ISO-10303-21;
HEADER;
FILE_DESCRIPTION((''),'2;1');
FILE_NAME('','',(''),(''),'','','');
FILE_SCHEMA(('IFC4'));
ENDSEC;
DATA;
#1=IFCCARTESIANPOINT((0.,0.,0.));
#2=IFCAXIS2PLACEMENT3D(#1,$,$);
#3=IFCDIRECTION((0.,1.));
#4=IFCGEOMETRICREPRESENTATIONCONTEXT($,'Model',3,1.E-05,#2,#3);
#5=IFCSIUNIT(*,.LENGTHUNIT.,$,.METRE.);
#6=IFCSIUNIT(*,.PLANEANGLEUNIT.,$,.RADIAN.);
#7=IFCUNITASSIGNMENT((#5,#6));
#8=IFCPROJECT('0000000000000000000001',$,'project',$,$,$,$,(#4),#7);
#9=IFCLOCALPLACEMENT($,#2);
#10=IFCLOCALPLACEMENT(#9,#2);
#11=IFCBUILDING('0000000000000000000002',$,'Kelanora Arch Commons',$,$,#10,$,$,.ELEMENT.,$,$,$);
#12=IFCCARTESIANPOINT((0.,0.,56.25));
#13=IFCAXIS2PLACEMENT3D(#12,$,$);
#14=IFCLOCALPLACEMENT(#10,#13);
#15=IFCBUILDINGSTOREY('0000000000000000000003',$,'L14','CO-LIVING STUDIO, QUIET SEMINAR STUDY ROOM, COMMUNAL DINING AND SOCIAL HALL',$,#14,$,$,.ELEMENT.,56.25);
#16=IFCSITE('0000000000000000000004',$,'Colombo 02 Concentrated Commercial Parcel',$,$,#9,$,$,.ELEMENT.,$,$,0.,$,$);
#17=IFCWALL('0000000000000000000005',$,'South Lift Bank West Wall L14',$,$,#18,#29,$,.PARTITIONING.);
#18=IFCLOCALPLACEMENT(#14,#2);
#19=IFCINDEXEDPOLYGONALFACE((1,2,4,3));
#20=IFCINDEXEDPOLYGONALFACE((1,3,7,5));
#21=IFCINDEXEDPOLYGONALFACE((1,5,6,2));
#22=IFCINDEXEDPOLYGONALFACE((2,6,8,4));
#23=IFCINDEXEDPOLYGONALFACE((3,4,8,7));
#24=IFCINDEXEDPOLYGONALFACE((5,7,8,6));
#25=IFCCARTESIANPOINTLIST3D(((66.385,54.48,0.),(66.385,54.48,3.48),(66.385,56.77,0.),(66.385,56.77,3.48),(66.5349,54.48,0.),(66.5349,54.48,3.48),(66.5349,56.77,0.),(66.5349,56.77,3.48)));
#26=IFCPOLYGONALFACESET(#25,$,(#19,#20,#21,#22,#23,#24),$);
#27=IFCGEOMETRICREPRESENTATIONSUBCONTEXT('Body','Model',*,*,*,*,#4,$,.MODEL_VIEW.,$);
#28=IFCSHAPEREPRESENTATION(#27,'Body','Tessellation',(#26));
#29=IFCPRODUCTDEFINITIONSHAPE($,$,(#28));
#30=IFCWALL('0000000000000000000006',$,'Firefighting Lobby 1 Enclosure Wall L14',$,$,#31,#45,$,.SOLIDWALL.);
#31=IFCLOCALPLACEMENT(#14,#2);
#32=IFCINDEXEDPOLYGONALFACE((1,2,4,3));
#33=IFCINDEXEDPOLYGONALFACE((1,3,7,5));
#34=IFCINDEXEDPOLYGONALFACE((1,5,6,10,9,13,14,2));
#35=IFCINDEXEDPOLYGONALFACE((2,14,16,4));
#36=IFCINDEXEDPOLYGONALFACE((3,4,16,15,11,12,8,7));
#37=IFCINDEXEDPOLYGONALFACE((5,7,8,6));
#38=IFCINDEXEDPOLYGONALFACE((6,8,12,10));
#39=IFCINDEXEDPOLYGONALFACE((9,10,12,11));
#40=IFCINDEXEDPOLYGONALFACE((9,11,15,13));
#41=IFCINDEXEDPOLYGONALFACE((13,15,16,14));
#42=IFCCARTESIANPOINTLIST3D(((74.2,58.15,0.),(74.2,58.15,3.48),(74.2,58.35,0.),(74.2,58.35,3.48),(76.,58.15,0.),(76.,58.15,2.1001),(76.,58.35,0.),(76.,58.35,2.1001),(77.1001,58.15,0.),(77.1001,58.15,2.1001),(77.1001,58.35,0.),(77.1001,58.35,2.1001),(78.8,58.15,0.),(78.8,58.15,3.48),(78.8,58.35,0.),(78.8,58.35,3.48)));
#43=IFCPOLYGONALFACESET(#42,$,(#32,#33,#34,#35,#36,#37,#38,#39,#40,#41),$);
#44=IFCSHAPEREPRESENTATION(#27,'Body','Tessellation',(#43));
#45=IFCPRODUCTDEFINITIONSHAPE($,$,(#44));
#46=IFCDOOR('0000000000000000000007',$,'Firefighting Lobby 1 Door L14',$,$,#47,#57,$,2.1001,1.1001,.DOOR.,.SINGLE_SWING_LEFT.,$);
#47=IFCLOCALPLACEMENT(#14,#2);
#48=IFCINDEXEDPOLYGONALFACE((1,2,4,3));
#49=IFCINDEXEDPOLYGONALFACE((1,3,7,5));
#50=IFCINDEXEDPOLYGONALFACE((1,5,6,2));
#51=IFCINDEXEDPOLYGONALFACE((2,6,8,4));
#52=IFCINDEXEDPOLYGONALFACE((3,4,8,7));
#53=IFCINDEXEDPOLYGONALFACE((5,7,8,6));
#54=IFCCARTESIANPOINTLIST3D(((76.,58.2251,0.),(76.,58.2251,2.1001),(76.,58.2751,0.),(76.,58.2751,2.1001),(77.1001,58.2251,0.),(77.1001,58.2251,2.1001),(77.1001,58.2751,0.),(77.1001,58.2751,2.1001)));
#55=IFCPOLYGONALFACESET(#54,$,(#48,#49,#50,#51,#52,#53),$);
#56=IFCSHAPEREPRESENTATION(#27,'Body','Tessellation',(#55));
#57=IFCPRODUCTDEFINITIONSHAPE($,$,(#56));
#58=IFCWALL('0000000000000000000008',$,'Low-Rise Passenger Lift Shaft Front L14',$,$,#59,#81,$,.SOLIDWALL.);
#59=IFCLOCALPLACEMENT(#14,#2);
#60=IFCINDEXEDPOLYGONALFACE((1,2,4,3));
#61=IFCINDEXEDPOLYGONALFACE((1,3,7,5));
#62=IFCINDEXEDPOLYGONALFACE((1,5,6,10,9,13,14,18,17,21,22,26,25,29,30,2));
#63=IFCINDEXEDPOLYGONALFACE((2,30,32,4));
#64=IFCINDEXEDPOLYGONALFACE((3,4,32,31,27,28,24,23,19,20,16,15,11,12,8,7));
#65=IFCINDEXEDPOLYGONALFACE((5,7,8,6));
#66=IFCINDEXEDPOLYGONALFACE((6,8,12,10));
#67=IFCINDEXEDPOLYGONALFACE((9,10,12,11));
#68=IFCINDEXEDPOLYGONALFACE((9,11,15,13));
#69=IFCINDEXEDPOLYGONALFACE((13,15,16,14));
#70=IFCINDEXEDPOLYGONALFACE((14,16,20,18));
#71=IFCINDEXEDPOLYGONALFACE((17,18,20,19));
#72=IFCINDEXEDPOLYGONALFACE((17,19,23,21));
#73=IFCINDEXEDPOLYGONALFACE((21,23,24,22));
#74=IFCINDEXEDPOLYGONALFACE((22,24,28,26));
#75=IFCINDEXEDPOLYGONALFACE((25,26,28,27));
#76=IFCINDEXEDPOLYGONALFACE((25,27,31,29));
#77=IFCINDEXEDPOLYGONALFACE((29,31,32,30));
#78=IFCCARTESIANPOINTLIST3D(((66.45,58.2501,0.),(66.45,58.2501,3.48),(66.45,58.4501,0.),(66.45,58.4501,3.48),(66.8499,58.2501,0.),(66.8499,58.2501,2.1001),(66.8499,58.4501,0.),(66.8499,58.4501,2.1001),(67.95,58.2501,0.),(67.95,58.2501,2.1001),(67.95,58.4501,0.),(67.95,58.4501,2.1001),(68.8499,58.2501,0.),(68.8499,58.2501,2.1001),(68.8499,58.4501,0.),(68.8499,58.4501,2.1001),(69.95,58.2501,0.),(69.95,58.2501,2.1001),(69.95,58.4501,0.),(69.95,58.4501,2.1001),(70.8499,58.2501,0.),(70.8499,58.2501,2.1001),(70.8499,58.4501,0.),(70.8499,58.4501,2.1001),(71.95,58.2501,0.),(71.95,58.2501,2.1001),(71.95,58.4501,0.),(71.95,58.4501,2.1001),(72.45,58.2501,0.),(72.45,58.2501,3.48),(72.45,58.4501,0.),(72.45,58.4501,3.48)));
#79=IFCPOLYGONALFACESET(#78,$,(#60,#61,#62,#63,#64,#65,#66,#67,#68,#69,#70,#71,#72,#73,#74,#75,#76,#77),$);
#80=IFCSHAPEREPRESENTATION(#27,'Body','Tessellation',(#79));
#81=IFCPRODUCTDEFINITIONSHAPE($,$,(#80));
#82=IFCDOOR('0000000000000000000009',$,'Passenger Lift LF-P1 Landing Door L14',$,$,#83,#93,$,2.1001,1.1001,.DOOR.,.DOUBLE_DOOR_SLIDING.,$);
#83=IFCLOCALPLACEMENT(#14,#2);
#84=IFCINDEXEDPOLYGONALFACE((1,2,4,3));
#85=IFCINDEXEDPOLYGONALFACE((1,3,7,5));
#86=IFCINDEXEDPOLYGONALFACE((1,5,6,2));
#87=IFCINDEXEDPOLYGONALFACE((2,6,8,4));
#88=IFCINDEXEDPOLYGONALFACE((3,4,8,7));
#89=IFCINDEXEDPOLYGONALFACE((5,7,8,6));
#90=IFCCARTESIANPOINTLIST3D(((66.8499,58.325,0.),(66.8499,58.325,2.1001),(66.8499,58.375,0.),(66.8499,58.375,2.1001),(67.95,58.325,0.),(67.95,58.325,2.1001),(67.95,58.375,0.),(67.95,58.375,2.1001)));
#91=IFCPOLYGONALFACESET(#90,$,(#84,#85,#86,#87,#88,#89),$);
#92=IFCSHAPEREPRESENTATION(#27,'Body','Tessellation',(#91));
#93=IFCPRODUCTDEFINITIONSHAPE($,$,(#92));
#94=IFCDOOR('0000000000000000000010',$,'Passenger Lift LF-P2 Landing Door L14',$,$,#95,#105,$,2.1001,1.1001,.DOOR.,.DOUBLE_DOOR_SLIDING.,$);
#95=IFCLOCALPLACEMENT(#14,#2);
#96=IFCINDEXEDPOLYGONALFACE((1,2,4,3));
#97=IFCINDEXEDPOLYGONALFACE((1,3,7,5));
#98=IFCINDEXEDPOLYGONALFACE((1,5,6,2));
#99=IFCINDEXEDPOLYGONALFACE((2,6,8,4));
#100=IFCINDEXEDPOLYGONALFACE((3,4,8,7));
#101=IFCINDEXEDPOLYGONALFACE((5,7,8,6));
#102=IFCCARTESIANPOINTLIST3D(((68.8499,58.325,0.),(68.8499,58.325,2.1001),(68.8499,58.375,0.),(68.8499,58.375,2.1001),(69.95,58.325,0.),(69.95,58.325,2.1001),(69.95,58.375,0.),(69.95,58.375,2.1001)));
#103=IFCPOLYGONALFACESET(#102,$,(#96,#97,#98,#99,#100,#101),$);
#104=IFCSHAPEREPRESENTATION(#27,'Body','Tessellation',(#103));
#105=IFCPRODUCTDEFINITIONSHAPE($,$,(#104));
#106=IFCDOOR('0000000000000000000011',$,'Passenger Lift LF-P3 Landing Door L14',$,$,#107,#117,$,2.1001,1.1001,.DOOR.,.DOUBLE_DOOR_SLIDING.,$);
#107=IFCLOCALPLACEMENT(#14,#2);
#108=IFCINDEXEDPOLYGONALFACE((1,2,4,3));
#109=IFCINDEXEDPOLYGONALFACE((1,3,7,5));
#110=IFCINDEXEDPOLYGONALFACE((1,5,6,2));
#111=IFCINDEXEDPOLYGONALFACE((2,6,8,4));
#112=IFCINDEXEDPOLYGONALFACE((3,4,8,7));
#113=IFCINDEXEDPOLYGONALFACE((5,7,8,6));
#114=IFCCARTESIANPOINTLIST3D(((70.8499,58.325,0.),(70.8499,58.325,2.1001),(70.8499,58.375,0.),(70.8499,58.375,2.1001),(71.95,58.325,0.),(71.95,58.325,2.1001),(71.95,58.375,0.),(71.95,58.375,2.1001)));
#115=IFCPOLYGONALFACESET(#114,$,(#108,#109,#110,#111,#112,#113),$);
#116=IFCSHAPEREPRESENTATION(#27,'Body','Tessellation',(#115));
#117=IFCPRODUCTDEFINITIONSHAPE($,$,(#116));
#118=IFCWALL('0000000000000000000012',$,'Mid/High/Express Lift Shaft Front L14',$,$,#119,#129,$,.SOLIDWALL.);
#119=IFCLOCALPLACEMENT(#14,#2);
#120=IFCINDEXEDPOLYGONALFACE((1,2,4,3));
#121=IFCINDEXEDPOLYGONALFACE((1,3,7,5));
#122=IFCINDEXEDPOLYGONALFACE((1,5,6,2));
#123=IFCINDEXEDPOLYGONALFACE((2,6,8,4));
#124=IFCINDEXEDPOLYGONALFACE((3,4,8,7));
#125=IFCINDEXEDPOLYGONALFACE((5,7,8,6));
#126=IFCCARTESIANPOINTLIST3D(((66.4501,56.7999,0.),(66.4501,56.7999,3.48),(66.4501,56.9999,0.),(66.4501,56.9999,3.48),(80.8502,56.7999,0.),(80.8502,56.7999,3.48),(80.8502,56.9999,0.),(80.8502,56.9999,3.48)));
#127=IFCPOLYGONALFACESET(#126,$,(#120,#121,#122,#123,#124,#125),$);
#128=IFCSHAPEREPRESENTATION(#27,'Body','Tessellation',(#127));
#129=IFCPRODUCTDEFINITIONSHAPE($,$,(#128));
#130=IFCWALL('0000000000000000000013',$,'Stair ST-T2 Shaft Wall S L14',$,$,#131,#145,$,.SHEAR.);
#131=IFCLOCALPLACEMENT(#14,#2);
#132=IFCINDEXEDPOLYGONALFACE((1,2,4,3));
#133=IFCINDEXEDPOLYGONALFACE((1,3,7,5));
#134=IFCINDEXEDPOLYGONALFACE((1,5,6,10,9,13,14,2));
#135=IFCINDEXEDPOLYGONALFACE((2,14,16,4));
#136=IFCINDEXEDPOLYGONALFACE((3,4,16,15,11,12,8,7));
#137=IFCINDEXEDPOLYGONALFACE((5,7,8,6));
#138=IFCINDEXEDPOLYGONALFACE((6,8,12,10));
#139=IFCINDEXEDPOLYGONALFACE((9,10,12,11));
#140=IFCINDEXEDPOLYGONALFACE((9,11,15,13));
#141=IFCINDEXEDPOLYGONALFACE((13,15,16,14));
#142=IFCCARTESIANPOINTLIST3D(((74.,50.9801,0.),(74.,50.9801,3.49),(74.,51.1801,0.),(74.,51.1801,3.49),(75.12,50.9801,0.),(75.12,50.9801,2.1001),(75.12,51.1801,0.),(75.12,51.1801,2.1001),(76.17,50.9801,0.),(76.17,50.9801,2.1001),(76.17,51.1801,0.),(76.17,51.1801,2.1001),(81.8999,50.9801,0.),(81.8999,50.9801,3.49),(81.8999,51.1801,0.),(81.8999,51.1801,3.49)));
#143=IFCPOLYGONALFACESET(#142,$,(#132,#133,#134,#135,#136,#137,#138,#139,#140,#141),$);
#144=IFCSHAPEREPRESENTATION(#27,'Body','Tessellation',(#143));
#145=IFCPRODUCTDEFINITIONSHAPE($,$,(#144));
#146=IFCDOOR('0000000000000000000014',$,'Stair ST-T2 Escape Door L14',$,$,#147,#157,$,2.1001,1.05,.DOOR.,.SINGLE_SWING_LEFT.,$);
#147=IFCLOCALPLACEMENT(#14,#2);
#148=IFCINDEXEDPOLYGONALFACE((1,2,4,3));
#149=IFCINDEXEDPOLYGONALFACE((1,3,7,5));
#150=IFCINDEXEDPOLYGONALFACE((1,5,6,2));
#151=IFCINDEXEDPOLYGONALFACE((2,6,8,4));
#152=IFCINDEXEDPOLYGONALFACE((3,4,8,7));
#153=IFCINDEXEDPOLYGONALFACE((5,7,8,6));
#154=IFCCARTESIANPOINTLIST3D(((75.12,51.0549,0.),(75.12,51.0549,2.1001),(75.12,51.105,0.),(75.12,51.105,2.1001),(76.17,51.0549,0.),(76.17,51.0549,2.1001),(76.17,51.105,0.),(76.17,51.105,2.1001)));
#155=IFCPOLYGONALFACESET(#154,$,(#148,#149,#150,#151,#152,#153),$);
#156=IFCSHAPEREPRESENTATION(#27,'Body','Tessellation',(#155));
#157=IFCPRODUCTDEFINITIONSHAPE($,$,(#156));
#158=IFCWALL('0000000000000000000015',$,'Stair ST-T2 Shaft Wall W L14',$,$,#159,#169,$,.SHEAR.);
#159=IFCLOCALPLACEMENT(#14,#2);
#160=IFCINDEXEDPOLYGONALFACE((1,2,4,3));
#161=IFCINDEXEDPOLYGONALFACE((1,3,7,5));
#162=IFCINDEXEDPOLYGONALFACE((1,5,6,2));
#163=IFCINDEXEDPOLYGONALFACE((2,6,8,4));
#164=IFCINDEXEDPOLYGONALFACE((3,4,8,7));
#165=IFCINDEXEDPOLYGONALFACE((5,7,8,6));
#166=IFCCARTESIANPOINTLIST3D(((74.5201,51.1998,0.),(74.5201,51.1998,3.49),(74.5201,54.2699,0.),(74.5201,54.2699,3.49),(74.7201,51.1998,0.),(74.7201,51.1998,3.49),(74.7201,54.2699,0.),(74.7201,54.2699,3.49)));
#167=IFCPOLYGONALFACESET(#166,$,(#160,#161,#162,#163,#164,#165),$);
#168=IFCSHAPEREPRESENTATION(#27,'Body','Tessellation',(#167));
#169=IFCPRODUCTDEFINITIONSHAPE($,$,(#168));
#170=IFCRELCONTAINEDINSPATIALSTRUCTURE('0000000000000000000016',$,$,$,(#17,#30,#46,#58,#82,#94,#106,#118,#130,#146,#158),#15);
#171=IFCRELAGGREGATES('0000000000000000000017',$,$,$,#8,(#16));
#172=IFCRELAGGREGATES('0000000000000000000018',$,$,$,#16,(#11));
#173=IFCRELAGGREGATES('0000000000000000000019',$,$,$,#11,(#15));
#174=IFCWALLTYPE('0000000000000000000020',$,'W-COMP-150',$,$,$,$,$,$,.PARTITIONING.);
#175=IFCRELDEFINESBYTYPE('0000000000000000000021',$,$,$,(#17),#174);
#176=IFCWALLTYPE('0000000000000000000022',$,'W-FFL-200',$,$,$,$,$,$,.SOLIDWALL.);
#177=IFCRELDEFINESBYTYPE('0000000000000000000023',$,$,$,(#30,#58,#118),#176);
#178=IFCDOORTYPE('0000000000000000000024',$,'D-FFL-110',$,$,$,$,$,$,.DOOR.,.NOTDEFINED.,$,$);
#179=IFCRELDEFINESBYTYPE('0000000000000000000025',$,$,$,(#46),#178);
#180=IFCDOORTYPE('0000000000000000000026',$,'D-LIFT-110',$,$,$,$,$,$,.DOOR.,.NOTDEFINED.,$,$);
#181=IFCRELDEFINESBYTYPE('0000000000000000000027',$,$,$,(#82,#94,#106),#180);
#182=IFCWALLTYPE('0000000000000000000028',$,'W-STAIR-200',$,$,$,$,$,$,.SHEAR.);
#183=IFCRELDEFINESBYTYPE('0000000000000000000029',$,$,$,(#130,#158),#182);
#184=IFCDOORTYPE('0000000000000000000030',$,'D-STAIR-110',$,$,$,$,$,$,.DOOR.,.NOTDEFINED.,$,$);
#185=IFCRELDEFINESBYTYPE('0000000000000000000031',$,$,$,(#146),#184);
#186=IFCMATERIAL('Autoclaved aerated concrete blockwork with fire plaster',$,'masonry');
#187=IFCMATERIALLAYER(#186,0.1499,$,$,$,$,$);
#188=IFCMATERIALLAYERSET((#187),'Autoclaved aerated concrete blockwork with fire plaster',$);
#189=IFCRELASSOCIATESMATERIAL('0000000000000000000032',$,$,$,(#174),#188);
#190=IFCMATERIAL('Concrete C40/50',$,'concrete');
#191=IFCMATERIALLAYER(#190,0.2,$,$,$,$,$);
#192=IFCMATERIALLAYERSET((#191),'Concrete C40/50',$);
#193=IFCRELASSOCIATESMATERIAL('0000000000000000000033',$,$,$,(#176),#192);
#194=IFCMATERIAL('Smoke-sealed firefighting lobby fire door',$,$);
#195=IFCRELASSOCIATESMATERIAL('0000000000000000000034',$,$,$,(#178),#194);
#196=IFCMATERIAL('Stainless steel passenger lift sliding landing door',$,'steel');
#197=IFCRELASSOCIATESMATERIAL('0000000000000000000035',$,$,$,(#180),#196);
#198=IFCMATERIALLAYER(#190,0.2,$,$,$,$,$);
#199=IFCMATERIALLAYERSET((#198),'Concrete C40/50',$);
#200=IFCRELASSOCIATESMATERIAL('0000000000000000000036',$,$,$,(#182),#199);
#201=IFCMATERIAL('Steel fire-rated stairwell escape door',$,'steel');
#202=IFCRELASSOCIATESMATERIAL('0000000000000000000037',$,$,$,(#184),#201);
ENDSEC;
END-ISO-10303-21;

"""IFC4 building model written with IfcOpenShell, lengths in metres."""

from ifc_helpers import new_model, si_unit, direction, frame, frame_2d, origin, place, context, subcontext, project, spatial, rectangle, extrude, material, layer, layer_set, type_object, element, fill, save


model = new_model("IFC4")

# Units and contexts
model_context = context("Model", 3, precision=1e-05, world=origin(), true_north=direction((0.0, 1.0)))
body_context = subcontext(model_context, "Body", "Model", "MODEL_VIEW")
ifc_project = project(units=[si_unit("LENGTHUNIT", "METRE"), si_unit("PLANEANGLEUNIT", "RADIAN")], contexts=[model_context])

# Site, building, storey
site_placement = place(None, origin())
site = spatial("IfcSite", under=ifc_project, at=site_placement, Name="Colombo 02 Concentrated Commercial Parcel", CompositionType="ELEMENT", RefElevation=0.0)
building_placement = place(site_placement, origin())
building = spatial("IfcBuilding", under=site, at=building_placement, Name="Kelanora Arch Commons", CompositionType="ELEMENT")
storey_placement = place(building_placement, frame((0.0, 0.0, 56.25)))
storey = spatial("IfcBuildingStorey", under=building, at=storey_placement, Name="L14", Description="CO-LIVING STUDIO, QUIET SEMINAR STUDY ROOM, COMMUNAL DINING AND SOCIAL HALL", CompositionType="ELEMENT", Elevation=56.25)

# Wall
ifc_material_1 = material(Name="Autoclaved aerated concrete blockwork with fire plaster", Category="masonry")
ifc_layer_1 = layer(ifc_material_1, 0.1499)
ifc_layer_set_1 = layer_set([ifc_layer_1], Name="Autoclaved aerated concrete blockwork with fire plaster")
wall_type_1 = type_object("IfcWallType", Name="W-COMP-150", PredefinedType="PARTITIONING", material=ifc_layer_set_1)
wall_1_placement = place(storey_placement, frame((66.46, 54.48, 0.0), z_axis=(0.0, 0.0, 1.0), x_axis=(0.0, 1.0, 0.0)))
element("IfcWall", 1, at=wall_1_placement, inside=storey, type_object=wall_type_1, Name="South Lift Bank West Wall L14", PredefinedType="PARTITIONING", context=body_context, shape_type="SweptSolid", body=[
    extrude(rectangle(XDim=2.29, YDim=0.1499, at=frame_2d((1.145, 0.0))), origin(), (0.0, 0.0, 1.0), 3.48),
])

# Wall, opening, door
ifc_material_2 = material(Name="Concrete C40/50", Category="concrete")
ifc_layer_2 = layer(ifc_material_2, 0.2)
ifc_layer_set_2 = layer_set([ifc_layer_2], Name="Concrete C40/50")
wall_type_2 = type_object("IfcWallType", Name="W-FFL-200", PredefinedType="SOLIDWALL", material=ifc_layer_set_2)
wall_2_placement = place(storey_placement, frame((74.2, 58.25, 0.0), z_axis=(0.0, 0.0, 1.0), x_axis=(1.0, 0.0, 0.0)))
wall_2 = element("IfcWall", 2, at=wall_2_placement, inside=storey, type_object=wall_type_2, Name="Firefighting Lobby 1 Enclosure Wall L14", PredefinedType="SOLIDWALL", context=body_context, shape_type="SweptSolid", body=[
    extrude(rectangle(XDim=4.6001, YDim=0.2, at=frame_2d((2.3, 0.0))), origin(), (0.0, 0.0, 1.0), 3.48),
])
opening_1_placement = place(wall_2_placement, frame((1.8, 0.0, 0.0)))
opening_1 = element("IfcOpeningElement", 3, at=opening_1_placement, cuts=wall_2, PredefinedType="OPENING", context=body_context, shape_type="SweptSolid", body=[
    extrude(rectangle(XDim=1.1001, YDim=2.1001, at=frame_2d((0.55, 1.05))), frame((0.0, 0.1099, 0.0), z_axis=(0.0, -1.0, 0.0), x_axis=(1.0, 0.0, 0.0)), (0.0, 0.0, 1.0), 0.22),
])
ifc_material_3 = material(Name="Smoke-sealed firefighting lobby fire door")
door_type_1 = type_object("IfcDoorType", Name="D-FFL-110", OperationType="NOTDEFINED", PredefinedType="DOOR", material=ifc_material_3)
door_1_placement = place(opening_1_placement, frame((1.1001, 0.0, 0.0), z_axis=(0.0, 0.0, 1.0), x_axis=(-1.0, 0.0, 0.0)))
door_1 = element("IfcDoor", 4, at=door_1_placement, inside=storey, type_object=door_type_1, Name="Firefighting Lobby 1 Door L14", OperationType="SINGLE_SWING_LEFT", OverallHeight=2.1001, OverallWidth=1.1001, PredefinedType="DOOR", context=body_context, shape_type="SweptSolid", body=[
    extrude(rectangle(XDim=1.1001, YDim=2.1001, at=frame_2d((0.55, 1.05))), frame((0.0, 0.0249, 0.0), z_axis=(0.0, -1.0, 0.0), x_axis=(1.0, 0.0, 0.0)), (0.0, 0.0, 1.0), 0.05),
])
fill(opening_1, door_1)

# Wall, openings, doors
wall_3_placement = place(storey_placement, frame((66.45, 58.3501, 0.0), z_axis=(0.0, 0.0, 1.0), x_axis=(1.0, 0.0, 0.0)))
wall_3 = element("IfcWall", 5, at=wall_3_placement, inside=storey, type_object=wall_type_2, Name="Low-Rise Passenger Lift Shaft Front L14", PredefinedType="SOLIDWALL", context=body_context, shape_type="SweptSolid", body=[
    extrude(rectangle(XDim=6.0, YDim=0.2, at=frame_2d((3.0, 0.0))), origin(), (0.0, 0.0, 1.0), 3.48),
])
opening_2_placement = place(wall_3_placement, frame((0.3999, 0.0, 0.0)))
opening_2 = element("IfcOpeningElement", 6, at=opening_2_placement, cuts=wall_3, PredefinedType="OPENING", context=body_context, shape_type="SweptSolid", body=[
    extrude(rectangle(XDim=1.1001, YDim=2.1001, at=frame_2d((0.55, 1.05))), frame((0.0, 0.1099, 0.0), z_axis=(0.0, -1.0, 0.0), x_axis=(1.0, 0.0, 0.0)), (0.0, 0.0, 1.0), 0.22),
])
opening_3_placement = place(wall_3_placement, frame((2.3999, 0.0, 0.0)))
opening_3 = element("IfcOpeningElement", 7, at=opening_3_placement, cuts=wall_3, PredefinedType="OPENING", context=body_context, shape_type="SweptSolid", body=[
    extrude(rectangle(XDim=1.1001, YDim=2.1001, at=frame_2d((0.55, 1.05))), frame((0.0, 0.1099, 0.0), z_axis=(0.0, -1.0, 0.0), x_axis=(1.0, 0.0, 0.0)), (0.0, 0.0, 1.0), 0.22),
])
opening_4_placement = place(wall_3_placement, frame((4.3999, 0.0, 0.0)))
opening_4 = element("IfcOpeningElement", 8, at=opening_4_placement, cuts=wall_3, PredefinedType="OPENING", context=body_context, shape_type="SweptSolid", body=[
    extrude(rectangle(XDim=1.1001, YDim=2.1001, at=frame_2d((0.55, 1.05))), frame((0.0, 0.1099, 0.0), z_axis=(0.0, -1.0, 0.0), x_axis=(1.0, 0.0, 0.0)), (0.0, 0.0, 1.0), 0.22),
])
ifc_material_4 = material(Name="Stainless steel passenger lift sliding landing door", Category="steel")
door_type_2 = type_object("IfcDoorType", Name="D-LIFT-110", OperationType="NOTDEFINED", PredefinedType="DOOR", material=ifc_material_4)
door_2_placement = place(opening_2_placement, origin())
door_2 = element("IfcDoor", 9, at=door_2_placement, inside=storey, type_object=door_type_2, Name="Passenger Lift LF-P1 Landing Door L14", OperationType="DOUBLE_DOOR_SLIDING", OverallHeight=2.1001, OverallWidth=1.1001, PredefinedType="DOOR", context=body_context, shape_type="SweptSolid", body=[
    extrude(rectangle(XDim=1.1001, YDim=2.1001, at=frame_2d((0.55, 1.05))), frame((0.0, 0.0249, 0.0), z_axis=(0.0, -1.0, 0.0), x_axis=(1.0, 0.0, 0.0)), (0.0, 0.0, 1.0), 0.05),
])
fill(opening_2, door_2)
door_3_placement = place(opening_3_placement, origin())
door_3 = element("IfcDoor", 10, at=door_3_placement, inside=storey, type_object=door_type_2, Name="Passenger Lift LF-P2 Landing Door L14", OperationType="DOUBLE_DOOR_SLIDING", OverallHeight=2.1001, OverallWidth=1.1001, PredefinedType="DOOR", context=body_context, shape_type="SweptSolid", body=[
    extrude(rectangle(XDim=1.1001, YDim=2.1001, at=frame_2d((0.55, 1.05))), frame((0.0, 0.0249, 0.0), z_axis=(0.0, -1.0, 0.0), x_axis=(1.0, 0.0, 0.0)), (0.0, 0.0, 1.0), 0.05),
])
fill(opening_3, door_3)
door_4_placement = place(opening_4_placement, origin())
door_4 = element("IfcDoor", 11, at=door_4_placement, inside=storey, type_object=door_type_2, Name="Passenger Lift LF-P3 Landing Door L14", OperationType="DOUBLE_DOOR_SLIDING", OverallHeight=2.1001, OverallWidth=1.1001, PredefinedType="DOOR", context=body_context, shape_type="SweptSolid", body=[
    extrude(rectangle(XDim=1.1001, YDim=2.1001, at=frame_2d((0.55, 1.05))), frame((0.0, 0.0249, 0.0), z_axis=(0.0, -1.0, 0.0), x_axis=(1.0, 0.0, 0.0)), (0.0, 0.0, 1.0), 0.05),
])
fill(opening_4, door_4)

# Wall
wall_4_placement = place(storey_placement, frame((66.45, 56.8999, 0.0), z_axis=(0.0, 0.0, 1.0), x_axis=(1.0, 0.0, 0.0)))
element("IfcWall", 12, at=wall_4_placement, inside=storey, type_object=wall_type_2, Name="Mid/High/Express Lift Shaft Front L14", PredefinedType="SOLIDWALL", context=body_context, shape_type="SweptSolid", body=[
    extrude(rectangle(XDim=14.4001, YDim=0.2, at=frame_2d((7.2002, 0.0))), origin(), (0.0, 0.0, 1.0), 3.48),
])

# Wall, opening, door
ifc_layer_3 = layer(ifc_material_2, 0.2)
ifc_layer_set_3 = layer_set([ifc_layer_3], Name="Concrete C40/50")
wall_type_3 = type_object("IfcWallType", Name="W-STAIR-200", PredefinedType="SHEAR", material=ifc_layer_set_3)
wall_5_placement = place(storey_placement, frame((74.0, 51.0801, 0.0), z_axis=(0.0, 0.0, 1.0), x_axis=(1.0, 0.0, 0.0)))
wall_5 = element("IfcWall", 13, at=wall_5_placement, inside=storey, type_object=wall_type_3, Name="Stair ST-T2 Shaft Wall S L14", PredefinedType="SHEAR", context=body_context, shape_type="SweptSolid", body=[
    extrude(rectangle(XDim=7.8999, YDim=0.2, at=frame_2d((3.95, 0.0))), origin(), (0.0, 0.0, 1.0), 3.49),
])
opening_5_placement = place(wall_5_placement, frame((1.1201, 0.0, 0.0)))
opening_5 = element("IfcOpeningElement", 14, at=opening_5_placement, cuts=wall_5, PredefinedType="OPENING", context=body_context, shape_type="SweptSolid", body=[
    extrude(rectangle(XDim=1.05, YDim=2.1001, at=frame_2d((0.5249, 1.05))), frame((0.0, 0.1099, 0.0), z_axis=(0.0, -1.0, 0.0), x_axis=(1.0, 0.0, 0.0)), (0.0, 0.0, 1.0), 0.22),
])
ifc_material_5 = material(Name="Steel fire-rated stairwell escape door", Category="steel")
door_type_3 = type_object("IfcDoorType", Name="D-STAIR-110", OperationType="NOTDEFINED", PredefinedType="DOOR", material=ifc_material_5)
door_5_placement = place(opening_5_placement, origin())
door_5 = element("IfcDoor", 15, at=door_5_placement, inside=storey, type_object=door_type_3, Name="Stair ST-T2 Escape Door L14", OperationType="SINGLE_SWING_LEFT", OverallHeight=2.1001, OverallWidth=1.05, PredefinedType="DOOR", context=body_context, shape_type="SweptSolid", body=[
    extrude(rectangle(XDim=1.05, YDim=2.1001, at=frame_2d((0.5249, 1.05))), frame((0.0, 0.0249, 0.0), z_axis=(0.0, -1.0, 0.0), x_axis=(1.0, 0.0, 0.0)), (0.0, 0.0, 1.0), 0.05),
])
fill(opening_5, door_5)

# Wall
wall_6_placement = place(storey_placement, frame((74.6201, 54.27, 0.0), z_axis=(0.0, 0.0, 1.0), x_axis=(0.0, -1.0, 0.0)))
element("IfcWall", 16, at=wall_6_placement, inside=storey, type_object=wall_type_3, Name="Stair ST-T2 Shaft Wall W L14", PredefinedType="SHEAR", context=body_context, shape_type="SweptSolid", body=[
    extrude(rectangle(XDim=3.0701, YDim=0.2, at=frame_2d((1.5352, 0.0))), origin(), (0.0, 0.0, 1.0), 3.49),
])

save(model, "model.ifc")
